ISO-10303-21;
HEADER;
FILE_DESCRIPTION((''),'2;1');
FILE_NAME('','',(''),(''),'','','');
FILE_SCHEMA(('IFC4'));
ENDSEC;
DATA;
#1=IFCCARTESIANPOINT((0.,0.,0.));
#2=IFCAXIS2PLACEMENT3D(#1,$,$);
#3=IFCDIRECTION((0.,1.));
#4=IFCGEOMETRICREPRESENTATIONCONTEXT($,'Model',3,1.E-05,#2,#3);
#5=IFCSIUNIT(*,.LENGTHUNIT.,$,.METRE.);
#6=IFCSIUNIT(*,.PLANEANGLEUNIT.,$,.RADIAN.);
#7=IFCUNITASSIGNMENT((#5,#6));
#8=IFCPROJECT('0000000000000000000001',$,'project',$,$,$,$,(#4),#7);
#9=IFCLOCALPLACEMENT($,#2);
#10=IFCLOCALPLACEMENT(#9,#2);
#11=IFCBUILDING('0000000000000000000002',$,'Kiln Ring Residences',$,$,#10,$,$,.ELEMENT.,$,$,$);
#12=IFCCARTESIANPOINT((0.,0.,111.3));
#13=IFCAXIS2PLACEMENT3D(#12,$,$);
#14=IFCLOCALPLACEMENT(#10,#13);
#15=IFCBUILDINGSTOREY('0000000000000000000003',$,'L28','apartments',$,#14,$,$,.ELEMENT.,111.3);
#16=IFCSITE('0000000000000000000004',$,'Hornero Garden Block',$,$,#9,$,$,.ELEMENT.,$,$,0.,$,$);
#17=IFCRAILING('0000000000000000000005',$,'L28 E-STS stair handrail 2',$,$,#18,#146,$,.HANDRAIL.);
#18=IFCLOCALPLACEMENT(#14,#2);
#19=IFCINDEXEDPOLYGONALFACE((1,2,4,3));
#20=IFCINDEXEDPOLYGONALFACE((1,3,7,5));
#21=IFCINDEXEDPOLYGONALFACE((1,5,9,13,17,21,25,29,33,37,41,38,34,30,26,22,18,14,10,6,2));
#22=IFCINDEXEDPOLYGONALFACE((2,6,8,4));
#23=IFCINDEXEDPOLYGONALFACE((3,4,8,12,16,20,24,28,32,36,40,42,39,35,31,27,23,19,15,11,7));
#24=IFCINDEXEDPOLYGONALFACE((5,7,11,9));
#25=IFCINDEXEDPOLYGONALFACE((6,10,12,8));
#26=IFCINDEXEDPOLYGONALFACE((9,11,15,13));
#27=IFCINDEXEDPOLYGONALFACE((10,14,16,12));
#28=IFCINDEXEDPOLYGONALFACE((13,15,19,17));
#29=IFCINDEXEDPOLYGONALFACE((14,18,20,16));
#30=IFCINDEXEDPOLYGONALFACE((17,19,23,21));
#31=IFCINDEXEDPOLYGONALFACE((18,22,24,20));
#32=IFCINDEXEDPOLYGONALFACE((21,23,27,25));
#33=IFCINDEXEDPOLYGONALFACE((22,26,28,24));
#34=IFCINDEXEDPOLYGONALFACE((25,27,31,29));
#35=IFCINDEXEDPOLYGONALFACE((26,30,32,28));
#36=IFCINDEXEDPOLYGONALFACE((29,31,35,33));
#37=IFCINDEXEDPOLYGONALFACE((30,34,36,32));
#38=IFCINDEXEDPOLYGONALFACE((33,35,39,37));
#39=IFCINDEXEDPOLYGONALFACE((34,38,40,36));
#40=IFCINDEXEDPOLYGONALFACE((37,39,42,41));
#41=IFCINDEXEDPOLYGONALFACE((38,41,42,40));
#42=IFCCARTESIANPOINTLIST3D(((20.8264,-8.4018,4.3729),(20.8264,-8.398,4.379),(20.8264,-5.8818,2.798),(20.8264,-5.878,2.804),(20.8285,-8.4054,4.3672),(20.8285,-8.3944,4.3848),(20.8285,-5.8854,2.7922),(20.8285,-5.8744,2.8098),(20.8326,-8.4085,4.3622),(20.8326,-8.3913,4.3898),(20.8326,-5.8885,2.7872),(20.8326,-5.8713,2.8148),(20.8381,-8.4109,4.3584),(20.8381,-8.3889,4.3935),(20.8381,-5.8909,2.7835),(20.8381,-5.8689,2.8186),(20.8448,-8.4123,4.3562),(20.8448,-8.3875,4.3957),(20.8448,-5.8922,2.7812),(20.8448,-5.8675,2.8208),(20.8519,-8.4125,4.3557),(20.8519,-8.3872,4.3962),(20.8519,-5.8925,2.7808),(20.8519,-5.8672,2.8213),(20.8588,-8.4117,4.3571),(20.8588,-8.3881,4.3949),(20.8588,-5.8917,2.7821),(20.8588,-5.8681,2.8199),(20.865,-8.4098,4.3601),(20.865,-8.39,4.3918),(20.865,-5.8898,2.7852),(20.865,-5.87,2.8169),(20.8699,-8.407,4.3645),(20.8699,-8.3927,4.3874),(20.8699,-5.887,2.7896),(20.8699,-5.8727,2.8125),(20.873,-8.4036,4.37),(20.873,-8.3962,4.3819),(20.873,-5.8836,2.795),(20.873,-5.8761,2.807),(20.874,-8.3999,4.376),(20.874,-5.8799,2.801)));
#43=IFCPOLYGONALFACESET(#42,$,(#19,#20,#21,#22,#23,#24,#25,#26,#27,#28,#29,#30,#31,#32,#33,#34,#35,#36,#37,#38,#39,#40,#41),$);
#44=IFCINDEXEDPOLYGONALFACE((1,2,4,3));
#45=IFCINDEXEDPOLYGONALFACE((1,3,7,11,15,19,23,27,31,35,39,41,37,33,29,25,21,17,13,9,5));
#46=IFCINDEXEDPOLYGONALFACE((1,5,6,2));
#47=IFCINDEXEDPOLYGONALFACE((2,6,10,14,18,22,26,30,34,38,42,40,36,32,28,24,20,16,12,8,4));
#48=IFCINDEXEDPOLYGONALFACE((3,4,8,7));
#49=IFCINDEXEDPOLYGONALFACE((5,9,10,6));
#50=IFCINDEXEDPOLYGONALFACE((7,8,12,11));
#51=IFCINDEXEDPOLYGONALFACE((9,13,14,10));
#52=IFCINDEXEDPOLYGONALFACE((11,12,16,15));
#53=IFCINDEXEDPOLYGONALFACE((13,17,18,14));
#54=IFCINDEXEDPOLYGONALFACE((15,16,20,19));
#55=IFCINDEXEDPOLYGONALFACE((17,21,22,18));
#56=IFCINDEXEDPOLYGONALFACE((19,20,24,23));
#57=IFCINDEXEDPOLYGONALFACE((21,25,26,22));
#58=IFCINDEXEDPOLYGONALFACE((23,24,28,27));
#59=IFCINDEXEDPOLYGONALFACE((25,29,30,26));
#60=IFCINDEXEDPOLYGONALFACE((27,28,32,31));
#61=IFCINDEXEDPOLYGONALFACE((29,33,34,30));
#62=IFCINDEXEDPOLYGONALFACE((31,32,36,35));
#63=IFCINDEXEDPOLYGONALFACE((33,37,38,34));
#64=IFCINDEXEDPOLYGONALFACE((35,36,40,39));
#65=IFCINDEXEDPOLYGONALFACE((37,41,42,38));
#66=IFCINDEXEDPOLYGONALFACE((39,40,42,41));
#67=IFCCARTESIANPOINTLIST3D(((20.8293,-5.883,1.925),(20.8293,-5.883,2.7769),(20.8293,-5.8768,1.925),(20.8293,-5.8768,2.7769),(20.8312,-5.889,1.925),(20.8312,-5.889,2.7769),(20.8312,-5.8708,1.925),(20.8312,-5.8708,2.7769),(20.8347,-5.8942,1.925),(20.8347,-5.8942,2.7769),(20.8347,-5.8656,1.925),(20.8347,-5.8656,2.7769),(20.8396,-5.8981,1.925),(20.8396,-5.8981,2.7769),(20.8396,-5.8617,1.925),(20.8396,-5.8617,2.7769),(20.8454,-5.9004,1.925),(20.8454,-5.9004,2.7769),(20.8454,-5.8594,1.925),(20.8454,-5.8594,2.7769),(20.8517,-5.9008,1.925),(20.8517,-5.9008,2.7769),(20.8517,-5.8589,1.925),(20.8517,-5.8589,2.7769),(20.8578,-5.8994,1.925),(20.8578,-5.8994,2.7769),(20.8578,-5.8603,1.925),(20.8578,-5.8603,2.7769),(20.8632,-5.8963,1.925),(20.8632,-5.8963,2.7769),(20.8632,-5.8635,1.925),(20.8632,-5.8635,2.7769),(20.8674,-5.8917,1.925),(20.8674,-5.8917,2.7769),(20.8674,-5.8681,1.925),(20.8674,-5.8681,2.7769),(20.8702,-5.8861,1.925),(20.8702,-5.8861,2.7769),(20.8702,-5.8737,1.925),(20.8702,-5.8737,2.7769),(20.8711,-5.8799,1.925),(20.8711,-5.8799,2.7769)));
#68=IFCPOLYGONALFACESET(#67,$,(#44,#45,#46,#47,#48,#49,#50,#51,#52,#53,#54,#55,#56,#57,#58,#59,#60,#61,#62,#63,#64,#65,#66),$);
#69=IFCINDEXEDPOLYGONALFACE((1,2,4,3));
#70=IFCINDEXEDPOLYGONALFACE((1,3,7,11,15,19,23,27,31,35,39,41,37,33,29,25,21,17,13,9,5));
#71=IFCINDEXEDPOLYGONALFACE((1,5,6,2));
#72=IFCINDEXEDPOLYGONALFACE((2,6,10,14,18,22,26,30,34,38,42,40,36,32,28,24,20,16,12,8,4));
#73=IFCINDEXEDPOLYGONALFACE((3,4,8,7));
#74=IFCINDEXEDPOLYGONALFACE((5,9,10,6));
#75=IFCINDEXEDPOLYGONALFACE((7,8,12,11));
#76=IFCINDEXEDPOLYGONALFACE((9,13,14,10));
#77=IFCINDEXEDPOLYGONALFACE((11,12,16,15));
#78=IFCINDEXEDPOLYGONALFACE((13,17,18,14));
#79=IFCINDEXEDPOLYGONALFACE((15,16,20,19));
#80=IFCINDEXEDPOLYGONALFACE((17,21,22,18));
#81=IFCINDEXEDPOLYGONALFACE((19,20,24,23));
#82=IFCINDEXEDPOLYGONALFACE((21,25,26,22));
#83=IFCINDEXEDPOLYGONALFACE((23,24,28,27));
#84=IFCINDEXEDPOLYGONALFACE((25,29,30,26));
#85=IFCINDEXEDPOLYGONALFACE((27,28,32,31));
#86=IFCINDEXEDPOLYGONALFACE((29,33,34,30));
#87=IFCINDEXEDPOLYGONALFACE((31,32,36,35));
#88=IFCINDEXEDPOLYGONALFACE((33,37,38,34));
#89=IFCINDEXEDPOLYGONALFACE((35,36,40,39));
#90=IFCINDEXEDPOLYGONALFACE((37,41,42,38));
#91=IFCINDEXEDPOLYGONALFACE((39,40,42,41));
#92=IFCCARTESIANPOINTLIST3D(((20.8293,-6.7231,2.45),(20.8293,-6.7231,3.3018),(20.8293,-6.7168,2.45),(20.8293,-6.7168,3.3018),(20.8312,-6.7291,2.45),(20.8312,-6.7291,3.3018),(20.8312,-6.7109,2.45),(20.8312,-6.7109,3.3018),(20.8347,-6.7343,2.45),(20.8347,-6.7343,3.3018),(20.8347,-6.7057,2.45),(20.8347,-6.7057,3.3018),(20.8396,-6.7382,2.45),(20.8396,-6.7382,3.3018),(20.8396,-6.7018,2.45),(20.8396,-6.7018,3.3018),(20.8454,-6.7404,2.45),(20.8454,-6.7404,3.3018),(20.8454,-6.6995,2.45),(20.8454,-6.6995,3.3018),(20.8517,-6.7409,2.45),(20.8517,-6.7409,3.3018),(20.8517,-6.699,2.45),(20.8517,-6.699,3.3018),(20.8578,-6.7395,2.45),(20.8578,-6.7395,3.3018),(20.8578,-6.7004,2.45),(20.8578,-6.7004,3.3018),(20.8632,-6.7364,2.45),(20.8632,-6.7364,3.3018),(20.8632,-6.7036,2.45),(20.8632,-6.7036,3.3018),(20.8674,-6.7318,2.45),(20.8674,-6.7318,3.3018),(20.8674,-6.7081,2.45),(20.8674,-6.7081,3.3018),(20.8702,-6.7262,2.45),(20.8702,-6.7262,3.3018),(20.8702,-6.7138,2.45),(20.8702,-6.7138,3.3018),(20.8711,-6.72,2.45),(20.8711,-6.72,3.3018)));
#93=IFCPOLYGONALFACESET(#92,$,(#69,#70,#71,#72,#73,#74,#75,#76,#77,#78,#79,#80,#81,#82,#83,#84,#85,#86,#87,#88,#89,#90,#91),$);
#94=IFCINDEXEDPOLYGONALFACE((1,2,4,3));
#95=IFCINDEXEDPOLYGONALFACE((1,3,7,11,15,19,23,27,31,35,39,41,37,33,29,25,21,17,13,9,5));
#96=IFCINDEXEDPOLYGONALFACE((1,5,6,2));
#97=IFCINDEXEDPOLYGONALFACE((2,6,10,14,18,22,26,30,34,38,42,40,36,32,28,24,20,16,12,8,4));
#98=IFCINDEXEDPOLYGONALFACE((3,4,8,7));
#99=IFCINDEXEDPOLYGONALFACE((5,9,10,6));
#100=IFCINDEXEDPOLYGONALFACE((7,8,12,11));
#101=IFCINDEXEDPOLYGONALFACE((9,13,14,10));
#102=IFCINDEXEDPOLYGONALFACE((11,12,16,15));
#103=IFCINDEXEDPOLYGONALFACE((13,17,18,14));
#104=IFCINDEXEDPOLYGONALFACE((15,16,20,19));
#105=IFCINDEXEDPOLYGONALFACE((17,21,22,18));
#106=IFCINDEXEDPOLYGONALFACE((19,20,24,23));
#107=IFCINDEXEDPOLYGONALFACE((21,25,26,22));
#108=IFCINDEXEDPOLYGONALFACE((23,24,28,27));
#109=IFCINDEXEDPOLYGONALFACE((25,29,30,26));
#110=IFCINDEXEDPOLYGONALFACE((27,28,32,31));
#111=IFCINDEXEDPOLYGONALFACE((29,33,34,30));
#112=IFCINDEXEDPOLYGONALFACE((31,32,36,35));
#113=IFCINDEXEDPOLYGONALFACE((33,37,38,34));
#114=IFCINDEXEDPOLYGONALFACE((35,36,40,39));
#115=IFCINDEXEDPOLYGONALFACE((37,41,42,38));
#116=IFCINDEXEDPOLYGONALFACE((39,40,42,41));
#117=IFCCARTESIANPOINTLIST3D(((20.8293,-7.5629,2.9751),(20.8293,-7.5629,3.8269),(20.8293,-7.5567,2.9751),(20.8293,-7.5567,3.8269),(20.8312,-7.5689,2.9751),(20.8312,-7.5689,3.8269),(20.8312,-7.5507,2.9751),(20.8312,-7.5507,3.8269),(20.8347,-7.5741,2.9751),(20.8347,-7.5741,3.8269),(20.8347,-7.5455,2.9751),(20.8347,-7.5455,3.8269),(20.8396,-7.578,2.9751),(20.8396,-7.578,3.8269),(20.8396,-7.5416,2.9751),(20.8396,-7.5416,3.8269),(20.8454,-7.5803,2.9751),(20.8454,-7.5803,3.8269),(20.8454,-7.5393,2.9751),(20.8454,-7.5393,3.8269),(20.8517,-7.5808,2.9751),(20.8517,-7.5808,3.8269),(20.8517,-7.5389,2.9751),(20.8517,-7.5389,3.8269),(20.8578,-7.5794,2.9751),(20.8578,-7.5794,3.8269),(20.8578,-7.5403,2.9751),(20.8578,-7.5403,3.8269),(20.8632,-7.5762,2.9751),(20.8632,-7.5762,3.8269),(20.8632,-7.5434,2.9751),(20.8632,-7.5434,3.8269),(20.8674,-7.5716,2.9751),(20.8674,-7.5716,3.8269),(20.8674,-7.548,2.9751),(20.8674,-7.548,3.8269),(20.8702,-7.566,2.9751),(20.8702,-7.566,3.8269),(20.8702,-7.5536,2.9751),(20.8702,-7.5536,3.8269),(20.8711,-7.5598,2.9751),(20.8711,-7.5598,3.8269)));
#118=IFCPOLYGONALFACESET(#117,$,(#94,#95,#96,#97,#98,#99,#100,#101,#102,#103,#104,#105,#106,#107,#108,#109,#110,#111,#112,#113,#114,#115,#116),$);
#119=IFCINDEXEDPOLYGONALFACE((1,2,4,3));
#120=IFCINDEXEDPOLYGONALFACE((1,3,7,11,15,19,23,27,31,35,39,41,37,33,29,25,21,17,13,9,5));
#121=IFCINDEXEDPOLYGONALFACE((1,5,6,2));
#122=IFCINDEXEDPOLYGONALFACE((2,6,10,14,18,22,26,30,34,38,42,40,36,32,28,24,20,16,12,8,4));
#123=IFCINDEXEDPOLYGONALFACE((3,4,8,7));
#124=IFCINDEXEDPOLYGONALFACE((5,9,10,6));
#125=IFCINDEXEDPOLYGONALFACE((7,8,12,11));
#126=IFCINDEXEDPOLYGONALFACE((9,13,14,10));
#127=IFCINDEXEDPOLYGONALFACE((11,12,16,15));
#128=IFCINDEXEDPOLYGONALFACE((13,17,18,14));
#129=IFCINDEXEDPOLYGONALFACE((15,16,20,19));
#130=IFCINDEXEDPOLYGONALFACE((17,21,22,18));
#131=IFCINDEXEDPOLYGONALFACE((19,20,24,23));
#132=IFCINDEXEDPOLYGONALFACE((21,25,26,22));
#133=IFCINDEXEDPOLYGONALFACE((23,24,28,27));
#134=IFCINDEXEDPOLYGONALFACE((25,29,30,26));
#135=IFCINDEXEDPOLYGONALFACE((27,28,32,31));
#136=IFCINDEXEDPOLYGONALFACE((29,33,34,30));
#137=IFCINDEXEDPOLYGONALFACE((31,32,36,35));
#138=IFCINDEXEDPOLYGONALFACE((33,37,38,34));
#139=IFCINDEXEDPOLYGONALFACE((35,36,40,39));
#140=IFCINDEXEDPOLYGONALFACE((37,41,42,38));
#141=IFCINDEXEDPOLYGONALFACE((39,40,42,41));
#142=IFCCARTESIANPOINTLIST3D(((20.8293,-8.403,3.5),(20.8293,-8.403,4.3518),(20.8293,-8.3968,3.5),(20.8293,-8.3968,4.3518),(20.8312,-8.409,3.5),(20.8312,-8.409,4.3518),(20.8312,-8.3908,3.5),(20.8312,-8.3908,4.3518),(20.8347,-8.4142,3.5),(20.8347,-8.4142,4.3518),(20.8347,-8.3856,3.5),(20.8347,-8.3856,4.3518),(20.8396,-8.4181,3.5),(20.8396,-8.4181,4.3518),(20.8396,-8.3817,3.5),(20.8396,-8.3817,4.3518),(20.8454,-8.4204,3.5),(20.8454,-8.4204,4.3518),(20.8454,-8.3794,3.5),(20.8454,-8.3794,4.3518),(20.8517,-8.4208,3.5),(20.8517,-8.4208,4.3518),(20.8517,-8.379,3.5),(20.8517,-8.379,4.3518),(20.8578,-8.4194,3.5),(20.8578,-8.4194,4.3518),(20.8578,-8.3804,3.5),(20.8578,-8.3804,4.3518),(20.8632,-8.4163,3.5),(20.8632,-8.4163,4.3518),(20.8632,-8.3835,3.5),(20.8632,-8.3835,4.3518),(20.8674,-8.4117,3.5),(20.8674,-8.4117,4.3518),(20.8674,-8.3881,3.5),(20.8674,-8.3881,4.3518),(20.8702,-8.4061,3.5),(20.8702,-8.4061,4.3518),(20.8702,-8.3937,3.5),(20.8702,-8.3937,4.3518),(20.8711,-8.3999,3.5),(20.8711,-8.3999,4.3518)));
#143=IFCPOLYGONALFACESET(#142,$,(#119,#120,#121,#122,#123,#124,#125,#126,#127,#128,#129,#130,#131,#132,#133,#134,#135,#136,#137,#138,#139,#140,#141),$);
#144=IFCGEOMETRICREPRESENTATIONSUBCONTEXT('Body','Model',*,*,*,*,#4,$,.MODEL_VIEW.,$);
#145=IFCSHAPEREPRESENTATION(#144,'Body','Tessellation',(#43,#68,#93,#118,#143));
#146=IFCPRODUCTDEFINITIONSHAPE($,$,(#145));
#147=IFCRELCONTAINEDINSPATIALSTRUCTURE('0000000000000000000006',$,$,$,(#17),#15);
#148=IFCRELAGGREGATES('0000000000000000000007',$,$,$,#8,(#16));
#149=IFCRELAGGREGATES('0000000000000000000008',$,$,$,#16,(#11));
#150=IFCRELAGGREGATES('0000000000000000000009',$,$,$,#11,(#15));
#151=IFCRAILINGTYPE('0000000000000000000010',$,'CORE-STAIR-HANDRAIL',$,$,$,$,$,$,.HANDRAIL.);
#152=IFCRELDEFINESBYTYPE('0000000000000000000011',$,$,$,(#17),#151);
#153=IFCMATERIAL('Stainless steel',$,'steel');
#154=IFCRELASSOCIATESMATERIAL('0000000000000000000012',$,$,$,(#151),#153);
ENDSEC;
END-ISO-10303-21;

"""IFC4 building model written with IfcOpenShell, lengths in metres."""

from ifc_helpers import new_model, si_unit, direction, frame, origin, origin_2d, place, context, subcontext, project, spatial, circle, extrude, material, type_object, element, save


model = new_model("IFC4")

# Units and contexts
model_context = context("Model", 3, precision=1e-05, world=origin(), true_north=direction((0.0, 1.0)))
body_context = subcontext(model_context, "Body", "Model", "MODEL_VIEW")
ifc_project = project(units=[si_unit("LENGTHUNIT", "METRE"), si_unit("PLANEANGLEUNIT", "RADIAN")], contexts=[model_context])

# Site, building, storey
site_placement = place(None, origin())
site = spatial("IfcSite", under=ifc_project, at=site_placement, Name="Hornero Garden Block", CompositionType="ELEMENT", RefElevation=0.0)
building_placement = place(site_placement, origin())
building = spatial("IfcBuilding", under=site, at=building_placement, Name="Kiln Ring Residences", CompositionType="ELEMENT")
storey_placement = place(building_placement, frame((0.0, 0.0, 111.3)))
storey = spatial("IfcBuildingStorey", under=building, at=storey_placement, Name="L28", Description="apartments", CompositionType="ELEMENT", Elevation=111.3)

# Railing
ifc_material_1 = material(Name="Stainless steel", Category="steel")
railing_type_1 = type_object("IfcRailingType", Name="CORE-STAIR-HANDRAIL", PredefinedType="HANDRAIL", material=ifc_material_1)
railing_1_placement = place(storey_placement, frame((20.8501, -5.8799, 1.925)))
element("IfcRailing", 1, at=railing_1_placement, inside=storey, type_object=railing_type_1, Name="L28 E-STS stair handrail 2", PredefinedType="HANDRAIL", context=body_context, shape_type="SweptSolid", body=[
    extrude(circle(Radius=0.0239, at=origin_2d()), frame((0.0, 0.0, 0.876), z_axis=(0.0, -0.848008, 0.529984), x_axis=(1.0, 0.0, 0.0)), (0.0, 0.0, 1.0), 2.9717),
    extrude(circle(Radius=0.021, at=origin_2d()), origin(), (0.0, 0.0, 1.0), 0.8518),
    extrude(circle(Radius=0.021, at=origin_2d()), frame((0.0, -0.8401, 0.5249)), (0.0, 0.0, 1.0), 0.8518),
    extrude(circle(Radius=0.021, at=origin_2d()), frame((0.0, -1.6799, 1.05)), (0.0, 0.0, 1.0), 0.8518),
    extrude(circle(Radius=0.021, at=origin_2d()), frame((0.0, -2.52, 1.575)), (0.0, 0.0, 1.0), 0.8518),
])

save(model, "model.ifc")
